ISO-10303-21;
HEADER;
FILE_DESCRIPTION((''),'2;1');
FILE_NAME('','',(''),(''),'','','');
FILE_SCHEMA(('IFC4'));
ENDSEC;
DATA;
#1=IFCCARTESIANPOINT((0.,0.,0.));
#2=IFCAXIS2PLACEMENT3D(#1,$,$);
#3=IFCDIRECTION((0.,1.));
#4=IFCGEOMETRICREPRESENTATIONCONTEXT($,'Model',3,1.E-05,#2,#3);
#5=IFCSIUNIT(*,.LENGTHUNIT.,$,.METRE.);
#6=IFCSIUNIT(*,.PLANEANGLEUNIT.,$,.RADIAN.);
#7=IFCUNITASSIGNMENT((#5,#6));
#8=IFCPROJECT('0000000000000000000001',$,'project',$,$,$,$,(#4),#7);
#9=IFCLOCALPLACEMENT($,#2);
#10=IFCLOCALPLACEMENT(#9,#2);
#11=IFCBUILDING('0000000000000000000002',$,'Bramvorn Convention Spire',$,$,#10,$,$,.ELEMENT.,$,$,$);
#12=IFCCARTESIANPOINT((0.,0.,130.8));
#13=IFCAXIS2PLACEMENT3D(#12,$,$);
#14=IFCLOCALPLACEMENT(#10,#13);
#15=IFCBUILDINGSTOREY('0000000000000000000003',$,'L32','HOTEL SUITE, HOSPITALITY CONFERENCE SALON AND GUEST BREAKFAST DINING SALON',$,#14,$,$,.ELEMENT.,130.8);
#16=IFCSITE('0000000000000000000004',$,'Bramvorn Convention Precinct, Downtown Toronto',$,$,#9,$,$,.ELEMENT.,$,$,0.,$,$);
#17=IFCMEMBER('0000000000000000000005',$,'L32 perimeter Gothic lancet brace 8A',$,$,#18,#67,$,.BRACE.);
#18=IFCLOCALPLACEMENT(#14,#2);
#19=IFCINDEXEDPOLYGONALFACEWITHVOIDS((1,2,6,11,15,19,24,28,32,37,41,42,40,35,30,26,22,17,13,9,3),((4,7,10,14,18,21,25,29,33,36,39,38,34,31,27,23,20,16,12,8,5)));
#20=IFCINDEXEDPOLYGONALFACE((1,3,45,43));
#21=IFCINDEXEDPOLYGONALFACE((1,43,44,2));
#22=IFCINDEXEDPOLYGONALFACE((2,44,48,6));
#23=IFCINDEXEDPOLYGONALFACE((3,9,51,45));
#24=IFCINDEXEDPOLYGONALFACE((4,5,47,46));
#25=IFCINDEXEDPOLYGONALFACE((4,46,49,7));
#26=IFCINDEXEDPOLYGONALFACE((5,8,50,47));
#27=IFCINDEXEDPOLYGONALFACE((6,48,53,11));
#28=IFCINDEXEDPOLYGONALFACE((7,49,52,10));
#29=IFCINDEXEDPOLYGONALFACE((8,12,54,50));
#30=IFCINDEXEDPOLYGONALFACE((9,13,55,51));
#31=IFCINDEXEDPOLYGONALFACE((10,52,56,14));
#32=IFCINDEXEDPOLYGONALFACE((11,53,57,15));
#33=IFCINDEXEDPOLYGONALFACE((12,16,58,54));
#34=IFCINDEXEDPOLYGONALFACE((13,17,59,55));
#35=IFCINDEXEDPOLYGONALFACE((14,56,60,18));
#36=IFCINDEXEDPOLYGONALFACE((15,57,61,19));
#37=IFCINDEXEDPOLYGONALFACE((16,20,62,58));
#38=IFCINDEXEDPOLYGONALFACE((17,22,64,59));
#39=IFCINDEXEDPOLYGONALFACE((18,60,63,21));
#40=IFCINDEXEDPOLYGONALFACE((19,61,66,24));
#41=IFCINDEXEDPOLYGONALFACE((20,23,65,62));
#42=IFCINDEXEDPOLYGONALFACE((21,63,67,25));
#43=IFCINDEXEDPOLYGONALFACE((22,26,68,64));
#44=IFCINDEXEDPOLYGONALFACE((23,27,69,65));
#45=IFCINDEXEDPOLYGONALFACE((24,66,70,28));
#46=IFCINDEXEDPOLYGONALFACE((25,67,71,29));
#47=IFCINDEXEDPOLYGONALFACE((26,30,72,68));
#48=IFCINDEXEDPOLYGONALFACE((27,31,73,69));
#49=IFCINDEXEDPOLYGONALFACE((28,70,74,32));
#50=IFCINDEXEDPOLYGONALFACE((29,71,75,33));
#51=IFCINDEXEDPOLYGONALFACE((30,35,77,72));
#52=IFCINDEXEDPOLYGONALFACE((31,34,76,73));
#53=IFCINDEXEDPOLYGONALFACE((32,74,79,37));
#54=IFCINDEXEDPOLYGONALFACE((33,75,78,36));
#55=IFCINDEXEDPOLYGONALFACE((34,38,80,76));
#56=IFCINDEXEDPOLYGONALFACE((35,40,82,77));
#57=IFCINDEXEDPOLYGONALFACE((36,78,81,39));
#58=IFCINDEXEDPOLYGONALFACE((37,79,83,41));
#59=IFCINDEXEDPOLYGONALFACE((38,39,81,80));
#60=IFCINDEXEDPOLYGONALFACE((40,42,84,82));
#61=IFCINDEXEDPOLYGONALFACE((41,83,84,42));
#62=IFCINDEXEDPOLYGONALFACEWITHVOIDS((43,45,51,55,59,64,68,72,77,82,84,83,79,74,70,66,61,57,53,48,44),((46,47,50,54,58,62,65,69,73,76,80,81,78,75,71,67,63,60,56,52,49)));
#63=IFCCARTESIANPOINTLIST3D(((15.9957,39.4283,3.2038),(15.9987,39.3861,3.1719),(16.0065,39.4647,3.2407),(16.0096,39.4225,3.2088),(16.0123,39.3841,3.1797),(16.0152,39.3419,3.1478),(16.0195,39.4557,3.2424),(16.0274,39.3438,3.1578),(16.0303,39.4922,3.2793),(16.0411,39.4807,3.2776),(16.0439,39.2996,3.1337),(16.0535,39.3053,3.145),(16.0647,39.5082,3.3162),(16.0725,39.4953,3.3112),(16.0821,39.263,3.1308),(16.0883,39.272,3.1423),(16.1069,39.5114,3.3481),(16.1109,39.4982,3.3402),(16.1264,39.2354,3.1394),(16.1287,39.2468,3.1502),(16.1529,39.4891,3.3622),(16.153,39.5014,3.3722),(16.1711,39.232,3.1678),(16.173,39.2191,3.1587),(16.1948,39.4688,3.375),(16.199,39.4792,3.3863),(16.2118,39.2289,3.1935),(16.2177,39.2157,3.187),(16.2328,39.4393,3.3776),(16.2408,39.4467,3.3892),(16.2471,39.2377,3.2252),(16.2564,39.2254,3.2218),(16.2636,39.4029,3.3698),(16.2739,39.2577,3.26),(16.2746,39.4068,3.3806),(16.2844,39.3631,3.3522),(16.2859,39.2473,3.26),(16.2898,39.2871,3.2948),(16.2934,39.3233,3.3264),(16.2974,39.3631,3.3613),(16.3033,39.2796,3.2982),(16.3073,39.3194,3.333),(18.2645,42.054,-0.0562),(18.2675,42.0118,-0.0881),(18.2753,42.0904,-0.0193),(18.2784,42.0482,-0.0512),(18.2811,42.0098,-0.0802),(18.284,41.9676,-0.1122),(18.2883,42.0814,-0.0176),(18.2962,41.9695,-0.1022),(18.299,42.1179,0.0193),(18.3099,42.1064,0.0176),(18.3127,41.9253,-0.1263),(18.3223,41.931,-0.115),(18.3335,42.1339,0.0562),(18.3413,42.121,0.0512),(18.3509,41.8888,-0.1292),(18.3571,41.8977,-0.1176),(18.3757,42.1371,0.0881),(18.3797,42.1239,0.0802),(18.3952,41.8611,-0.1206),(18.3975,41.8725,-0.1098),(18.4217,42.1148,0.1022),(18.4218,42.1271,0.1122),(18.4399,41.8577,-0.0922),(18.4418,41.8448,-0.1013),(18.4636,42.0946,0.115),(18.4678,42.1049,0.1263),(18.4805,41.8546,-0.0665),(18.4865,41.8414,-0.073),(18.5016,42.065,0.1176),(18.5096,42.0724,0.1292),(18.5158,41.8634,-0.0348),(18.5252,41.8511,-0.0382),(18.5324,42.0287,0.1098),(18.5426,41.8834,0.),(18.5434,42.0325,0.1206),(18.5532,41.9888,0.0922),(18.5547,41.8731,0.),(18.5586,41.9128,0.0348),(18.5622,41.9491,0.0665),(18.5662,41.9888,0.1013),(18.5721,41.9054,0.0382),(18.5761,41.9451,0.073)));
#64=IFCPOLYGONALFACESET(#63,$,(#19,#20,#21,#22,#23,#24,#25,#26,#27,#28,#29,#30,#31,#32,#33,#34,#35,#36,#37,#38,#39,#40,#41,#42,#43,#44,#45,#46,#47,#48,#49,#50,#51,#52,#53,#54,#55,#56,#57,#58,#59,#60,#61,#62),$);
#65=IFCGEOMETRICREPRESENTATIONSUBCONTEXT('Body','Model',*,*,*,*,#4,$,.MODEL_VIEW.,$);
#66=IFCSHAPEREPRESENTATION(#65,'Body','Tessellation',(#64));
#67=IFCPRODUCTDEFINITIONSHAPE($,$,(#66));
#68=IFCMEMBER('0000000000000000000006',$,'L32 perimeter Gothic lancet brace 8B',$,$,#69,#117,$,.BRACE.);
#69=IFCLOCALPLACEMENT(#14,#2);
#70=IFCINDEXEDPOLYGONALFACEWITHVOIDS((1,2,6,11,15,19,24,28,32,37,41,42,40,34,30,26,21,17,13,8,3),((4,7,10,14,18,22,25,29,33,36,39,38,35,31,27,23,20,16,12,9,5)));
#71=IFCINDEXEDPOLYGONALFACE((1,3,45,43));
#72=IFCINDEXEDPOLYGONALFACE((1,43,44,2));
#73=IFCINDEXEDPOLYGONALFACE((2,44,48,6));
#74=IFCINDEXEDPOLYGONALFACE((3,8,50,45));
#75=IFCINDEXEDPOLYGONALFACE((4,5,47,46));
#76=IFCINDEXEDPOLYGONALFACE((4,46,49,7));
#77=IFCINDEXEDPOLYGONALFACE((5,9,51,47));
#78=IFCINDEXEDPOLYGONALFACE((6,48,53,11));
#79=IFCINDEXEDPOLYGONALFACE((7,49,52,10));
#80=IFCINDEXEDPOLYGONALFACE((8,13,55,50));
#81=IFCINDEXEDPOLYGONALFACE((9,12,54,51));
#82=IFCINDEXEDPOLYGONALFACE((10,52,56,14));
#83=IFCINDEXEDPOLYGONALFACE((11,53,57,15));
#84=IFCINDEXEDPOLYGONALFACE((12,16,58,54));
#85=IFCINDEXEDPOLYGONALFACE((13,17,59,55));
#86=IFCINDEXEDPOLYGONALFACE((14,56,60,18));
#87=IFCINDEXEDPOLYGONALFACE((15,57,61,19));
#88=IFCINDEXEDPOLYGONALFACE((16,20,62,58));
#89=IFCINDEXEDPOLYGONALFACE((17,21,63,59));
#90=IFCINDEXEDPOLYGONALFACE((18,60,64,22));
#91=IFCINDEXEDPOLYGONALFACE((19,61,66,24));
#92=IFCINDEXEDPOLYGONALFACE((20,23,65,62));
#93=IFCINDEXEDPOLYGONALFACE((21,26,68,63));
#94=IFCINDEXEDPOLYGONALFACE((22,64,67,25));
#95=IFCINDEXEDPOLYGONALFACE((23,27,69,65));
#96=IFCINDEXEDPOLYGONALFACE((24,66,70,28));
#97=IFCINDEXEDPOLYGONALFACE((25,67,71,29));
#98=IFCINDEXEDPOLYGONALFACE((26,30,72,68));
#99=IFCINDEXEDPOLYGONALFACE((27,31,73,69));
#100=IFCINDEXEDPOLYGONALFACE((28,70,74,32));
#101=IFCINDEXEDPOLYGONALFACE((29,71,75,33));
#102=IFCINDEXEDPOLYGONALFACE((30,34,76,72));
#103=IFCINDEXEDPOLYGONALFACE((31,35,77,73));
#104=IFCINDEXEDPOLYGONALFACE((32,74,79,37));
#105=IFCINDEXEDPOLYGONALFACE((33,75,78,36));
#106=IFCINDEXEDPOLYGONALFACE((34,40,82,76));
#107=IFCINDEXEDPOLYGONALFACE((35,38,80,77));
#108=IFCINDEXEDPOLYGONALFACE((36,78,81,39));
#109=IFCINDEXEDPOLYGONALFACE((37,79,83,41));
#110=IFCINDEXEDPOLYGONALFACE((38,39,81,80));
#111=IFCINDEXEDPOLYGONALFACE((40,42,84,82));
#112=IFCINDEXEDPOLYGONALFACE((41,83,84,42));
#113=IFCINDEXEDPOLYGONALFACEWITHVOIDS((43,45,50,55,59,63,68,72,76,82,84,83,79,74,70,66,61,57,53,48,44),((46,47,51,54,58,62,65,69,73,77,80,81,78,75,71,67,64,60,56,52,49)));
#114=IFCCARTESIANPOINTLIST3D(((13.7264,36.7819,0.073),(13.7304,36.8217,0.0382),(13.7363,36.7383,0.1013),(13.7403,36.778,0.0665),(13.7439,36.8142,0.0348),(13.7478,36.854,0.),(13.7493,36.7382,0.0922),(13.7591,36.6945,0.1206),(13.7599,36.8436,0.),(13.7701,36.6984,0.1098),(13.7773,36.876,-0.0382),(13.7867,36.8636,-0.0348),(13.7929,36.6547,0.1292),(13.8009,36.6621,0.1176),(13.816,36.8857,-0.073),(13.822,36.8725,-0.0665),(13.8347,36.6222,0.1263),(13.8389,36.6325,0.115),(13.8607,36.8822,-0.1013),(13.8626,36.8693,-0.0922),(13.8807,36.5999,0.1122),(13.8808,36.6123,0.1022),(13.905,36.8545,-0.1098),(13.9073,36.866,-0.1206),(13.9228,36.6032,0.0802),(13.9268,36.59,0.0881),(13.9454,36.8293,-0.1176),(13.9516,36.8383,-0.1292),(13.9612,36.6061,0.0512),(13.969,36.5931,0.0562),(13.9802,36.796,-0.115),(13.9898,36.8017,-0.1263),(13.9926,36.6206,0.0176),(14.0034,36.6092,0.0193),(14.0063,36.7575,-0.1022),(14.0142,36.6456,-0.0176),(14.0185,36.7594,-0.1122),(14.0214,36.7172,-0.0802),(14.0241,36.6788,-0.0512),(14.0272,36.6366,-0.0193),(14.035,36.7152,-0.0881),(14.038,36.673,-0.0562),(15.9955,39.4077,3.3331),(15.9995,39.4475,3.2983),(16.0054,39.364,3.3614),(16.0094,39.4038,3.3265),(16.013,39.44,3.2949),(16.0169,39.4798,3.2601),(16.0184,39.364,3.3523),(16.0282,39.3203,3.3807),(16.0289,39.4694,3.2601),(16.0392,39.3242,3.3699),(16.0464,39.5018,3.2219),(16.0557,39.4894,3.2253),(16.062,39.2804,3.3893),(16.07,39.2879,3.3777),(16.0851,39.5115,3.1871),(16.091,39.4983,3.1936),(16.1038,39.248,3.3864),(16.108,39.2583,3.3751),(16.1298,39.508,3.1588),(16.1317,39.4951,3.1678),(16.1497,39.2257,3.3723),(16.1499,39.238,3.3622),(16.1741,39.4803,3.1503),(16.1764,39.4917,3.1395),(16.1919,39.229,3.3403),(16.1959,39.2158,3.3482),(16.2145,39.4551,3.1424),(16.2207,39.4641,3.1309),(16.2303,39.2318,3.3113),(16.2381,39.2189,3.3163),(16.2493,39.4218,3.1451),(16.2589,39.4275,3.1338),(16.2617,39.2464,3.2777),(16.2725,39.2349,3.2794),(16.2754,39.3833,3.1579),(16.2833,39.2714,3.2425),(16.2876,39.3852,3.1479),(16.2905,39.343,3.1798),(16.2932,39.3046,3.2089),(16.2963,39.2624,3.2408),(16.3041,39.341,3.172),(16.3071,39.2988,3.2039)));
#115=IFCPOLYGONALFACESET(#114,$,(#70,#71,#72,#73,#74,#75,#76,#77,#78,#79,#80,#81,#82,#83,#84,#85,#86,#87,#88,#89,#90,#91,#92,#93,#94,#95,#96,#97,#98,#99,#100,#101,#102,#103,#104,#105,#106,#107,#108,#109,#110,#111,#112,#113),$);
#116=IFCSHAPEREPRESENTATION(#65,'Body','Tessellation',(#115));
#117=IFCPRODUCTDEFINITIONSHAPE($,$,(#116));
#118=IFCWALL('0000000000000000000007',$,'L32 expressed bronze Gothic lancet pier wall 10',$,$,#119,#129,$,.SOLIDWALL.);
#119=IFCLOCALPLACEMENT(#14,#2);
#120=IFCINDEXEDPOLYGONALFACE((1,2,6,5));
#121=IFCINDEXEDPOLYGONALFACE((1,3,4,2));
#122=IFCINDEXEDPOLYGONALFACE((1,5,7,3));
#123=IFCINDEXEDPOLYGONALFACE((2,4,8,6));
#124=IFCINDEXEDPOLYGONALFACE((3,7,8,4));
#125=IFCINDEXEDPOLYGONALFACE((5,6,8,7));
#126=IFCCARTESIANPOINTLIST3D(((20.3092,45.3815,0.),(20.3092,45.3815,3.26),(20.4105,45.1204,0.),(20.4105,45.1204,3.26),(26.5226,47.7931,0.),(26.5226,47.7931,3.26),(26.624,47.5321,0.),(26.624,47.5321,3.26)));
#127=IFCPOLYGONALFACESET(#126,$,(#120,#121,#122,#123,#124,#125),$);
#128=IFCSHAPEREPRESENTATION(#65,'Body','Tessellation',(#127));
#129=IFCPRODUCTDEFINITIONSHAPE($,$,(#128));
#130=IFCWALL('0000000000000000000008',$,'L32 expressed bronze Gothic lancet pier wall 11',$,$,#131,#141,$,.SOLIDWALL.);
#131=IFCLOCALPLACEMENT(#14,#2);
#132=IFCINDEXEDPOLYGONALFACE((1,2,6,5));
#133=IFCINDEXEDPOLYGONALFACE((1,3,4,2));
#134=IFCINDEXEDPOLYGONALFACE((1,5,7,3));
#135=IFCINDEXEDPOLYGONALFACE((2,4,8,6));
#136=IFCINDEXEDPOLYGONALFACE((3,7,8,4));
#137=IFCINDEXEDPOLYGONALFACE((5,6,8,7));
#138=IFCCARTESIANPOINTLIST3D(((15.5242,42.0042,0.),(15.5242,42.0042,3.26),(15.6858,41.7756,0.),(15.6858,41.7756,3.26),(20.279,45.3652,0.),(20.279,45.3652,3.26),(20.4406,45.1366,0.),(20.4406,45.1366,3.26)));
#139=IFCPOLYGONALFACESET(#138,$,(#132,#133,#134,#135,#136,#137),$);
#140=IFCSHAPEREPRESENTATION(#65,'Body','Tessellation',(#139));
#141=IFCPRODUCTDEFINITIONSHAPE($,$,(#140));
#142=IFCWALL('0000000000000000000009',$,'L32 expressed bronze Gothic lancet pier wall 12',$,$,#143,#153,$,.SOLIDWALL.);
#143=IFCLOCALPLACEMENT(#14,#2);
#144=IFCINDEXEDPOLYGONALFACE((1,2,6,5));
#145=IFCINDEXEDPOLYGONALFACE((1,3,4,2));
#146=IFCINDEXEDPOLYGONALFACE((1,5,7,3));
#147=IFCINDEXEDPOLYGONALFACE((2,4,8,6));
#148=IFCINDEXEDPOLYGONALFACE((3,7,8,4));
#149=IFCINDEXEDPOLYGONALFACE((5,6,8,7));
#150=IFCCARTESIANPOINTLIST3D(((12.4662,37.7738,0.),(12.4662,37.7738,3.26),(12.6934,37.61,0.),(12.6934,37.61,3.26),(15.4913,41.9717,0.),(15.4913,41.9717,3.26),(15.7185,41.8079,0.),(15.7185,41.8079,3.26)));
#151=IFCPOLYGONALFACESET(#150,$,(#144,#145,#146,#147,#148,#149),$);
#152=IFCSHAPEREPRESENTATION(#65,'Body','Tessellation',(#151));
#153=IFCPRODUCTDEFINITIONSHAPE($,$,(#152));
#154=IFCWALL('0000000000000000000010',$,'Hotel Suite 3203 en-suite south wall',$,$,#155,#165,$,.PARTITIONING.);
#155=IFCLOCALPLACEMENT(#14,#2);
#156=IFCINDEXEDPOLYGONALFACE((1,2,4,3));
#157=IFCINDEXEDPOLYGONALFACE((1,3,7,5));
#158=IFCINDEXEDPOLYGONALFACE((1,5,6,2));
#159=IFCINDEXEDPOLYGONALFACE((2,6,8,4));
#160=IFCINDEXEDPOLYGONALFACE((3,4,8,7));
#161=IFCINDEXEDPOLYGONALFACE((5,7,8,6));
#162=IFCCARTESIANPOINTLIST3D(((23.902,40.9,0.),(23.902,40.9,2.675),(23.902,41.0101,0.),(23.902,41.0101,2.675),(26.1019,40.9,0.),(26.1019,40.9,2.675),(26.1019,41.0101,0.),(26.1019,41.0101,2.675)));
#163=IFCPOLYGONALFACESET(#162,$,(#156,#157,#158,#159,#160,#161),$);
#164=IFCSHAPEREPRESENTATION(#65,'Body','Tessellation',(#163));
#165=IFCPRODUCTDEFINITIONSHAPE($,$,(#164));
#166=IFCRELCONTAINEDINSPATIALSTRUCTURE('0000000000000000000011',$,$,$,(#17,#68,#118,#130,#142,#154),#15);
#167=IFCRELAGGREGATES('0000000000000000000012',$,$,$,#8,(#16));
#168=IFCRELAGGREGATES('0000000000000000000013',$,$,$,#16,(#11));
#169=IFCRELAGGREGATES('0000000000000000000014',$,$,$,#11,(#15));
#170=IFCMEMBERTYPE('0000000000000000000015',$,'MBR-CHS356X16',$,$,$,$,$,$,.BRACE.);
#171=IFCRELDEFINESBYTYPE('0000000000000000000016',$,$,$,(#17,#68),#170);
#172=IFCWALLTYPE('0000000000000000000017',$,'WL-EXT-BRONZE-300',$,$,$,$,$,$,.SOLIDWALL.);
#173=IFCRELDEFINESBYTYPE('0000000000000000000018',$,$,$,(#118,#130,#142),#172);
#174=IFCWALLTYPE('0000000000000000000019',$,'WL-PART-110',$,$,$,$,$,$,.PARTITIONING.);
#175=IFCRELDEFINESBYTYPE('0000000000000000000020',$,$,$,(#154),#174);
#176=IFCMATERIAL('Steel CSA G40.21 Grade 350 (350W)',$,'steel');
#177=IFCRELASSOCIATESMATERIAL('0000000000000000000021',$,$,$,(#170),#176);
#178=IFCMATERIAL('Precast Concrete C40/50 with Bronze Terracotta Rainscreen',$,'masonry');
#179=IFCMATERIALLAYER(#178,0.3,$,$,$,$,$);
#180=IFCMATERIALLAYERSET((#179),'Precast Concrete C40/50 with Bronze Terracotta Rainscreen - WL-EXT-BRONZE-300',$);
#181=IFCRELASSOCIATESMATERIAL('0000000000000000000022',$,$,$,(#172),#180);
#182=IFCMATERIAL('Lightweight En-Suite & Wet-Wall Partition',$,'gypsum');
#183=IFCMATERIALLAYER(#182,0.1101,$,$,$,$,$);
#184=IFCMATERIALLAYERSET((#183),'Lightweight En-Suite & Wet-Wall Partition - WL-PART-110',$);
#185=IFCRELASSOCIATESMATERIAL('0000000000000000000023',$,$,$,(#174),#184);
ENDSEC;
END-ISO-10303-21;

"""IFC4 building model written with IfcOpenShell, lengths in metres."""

from ifc_helpers import new_model, si_unit, direction, frame, frame_2d, origin, origin_2d, place, context, subcontext, project, spatial, rectangle, hollow_circle, extrude, material, layer, layer_set, material_profile, profile_set, type_object, element, save


model = new_model("IFC4")

# Units and contexts
model_context = context("Model", 3, precision=1e-05, world=origin(), true_north=direction((0.0, 1.0)))
body_context = subcontext(model_context, "Body", "Model", "MODEL_VIEW")
ifc_project = project(units=[si_unit("LENGTHUNIT", "METRE"), si_unit("PLANEANGLEUNIT", "RADIAN")], contexts=[model_context])

# Site, building, storey
site_placement = place(None, origin())
site = spatial("IfcSite", under=ifc_project, at=site_placement, Name="Bramvorn Convention Precinct, Downtown Toronto", CompositionType="ELEMENT", RefElevation=0.0)
building_placement = place(site_placement, origin())
building = spatial("IfcBuilding", under=site, at=building_placement, Name="Bramvorn Convention Spire", CompositionType="ELEMENT")
storey_placement = place(building_placement, frame((0.0, 0.0, 130.8)))
storey = spatial("IfcBuildingStorey", under=building, at=storey_placement, Name="L32", Description="HOTEL SUITE, HOSPITALITY CONFERENCE SALON AND GUEST BREAKFAST DINING SALON", CompositionType="ELEMENT", Elevation=130.8)

# Shared definitions
ifc_material_1 = material(Name="Steel CSA G40.21 Grade 350 (350W)", Category="steel")

# Members
ifc_material_profile_1 = material_profile(ifc_material_1, hollow_circle(Radius=0.1777, WallThickness=0.0159, at=origin_2d()))
ifc_profile_set_1 = profile_set([ifc_material_profile_1], Name="Steel CSA G40.21 Grade 350 (350W) - CHS356X16")
member_type = type_object("IfcMemberType", Name="MBR-CHS356X16", PredefinedType="BRACE", material=ifc_profile_set_1)
member_1_placement = place(storey_placement, frame((18.4202, 41.9893, 0.0), z_axis=(-0.476512, -0.551479, 0.684695), x_axis=(0.756663, -0.653805, 0.0)))
element("IfcMember", 1, at=member_1_placement, inside=storey, type_object=member_type, Name="L32 perimeter Gothic lancet brace 8A", PredefinedType="BRACE", context=body_context, shape_type="SweptSolid", body=[
    extrude(hollow_circle(Radius=0.1777, WallThickness=0.0159, at=origin_2d()), origin(), (0.0, 0.0, 1.0), 4.7612),
])
member_2_placement = place(storey_placement, frame((13.8823, 36.7378, 0.0), z_axis=(0.476552, 0.551465, 0.684678), x_axis=(-0.756628, 0.653845, 0.0)))
element("IfcMember", 2, at=member_2_placement, inside=storey, type_object=member_type, Name="L32 perimeter Gothic lancet brace 8B", PredefinedType="BRACE", context=body_context, shape_type="SweptSolid", body=[
    extrude(hollow_circle(Radius=0.1777, WallThickness=0.0159, at=origin_2d()), origin(), (0.0, 0.0, 1.0), 4.7615),
])

# Walls
ifc_material_2 = material(Name="Precast Concrete C40/50 with Bronze Terracotta Rainscreen", Category="masonry")
ifc_layer_1 = layer(ifc_material_2, 0.3)
ifc_layer_set_1 = layer_set([ifc_layer_1], Name="Precast Concrete C40/50 with Bronze Terracotta Rainscreen - WL-EXT-BRONZE-300")
wall_type_1 = type_object("IfcWallType", Name="WL-EXT-BRONZE-300", PredefinedType="SOLIDWALL", material=ifc_layer_set_1)
wall_1_placement = place(storey_placement, frame((20.3599, 45.251, 0.0), z_axis=(0.0, 0.0, 1.0), x_axis=(0.932242, 0.361835, 0.0)))
element("IfcWall", 3, at=wall_1_placement, inside=storey, type_object=wall_type_1, Name="L32 expressed bronze Gothic lancet pier wall 10", PredefinedType="SOLIDWALL", context=body_context, shape_type="SweptSolid", body=[
    extrude(rectangle(XDim=6.665, YDim=0.28, at=frame_2d((3.3325, 0.0))), origin(), (0.0, 0.0, 1.0), 3.26),
])
wall_2_placement = place(storey_placement, frame((15.605, 41.8899, 0.0), z_axis=(0.0, 0.0, 1.0), x_axis=(0.816588, 0.577221, 0.0)))
element("IfcWall", 4, at=wall_2_placement, inside=storey, type_object=wall_type_1, Name="L32 expressed bronze Gothic lancet pier wall 11", PredefinedType="SOLIDWALL", context=body_context, shape_type="SweptSolid", body=[
    extrude(rectangle(XDim=5.8228, YDim=0.28, at=frame_2d((2.9114, 0.0))), origin(), (0.0, 0.0, 1.0), 3.26),
])
wall_3_placement = place(storey_placement, frame((12.5798, 37.6919, 0.0), z_axis=(0.0, 0.0, 1.0), x_axis=(0.584634, 0.811297, 0.0)))
element("IfcWall", 5, at=wall_3_placement, inside=storey, type_object=wall_type_1, Name="L32 expressed bronze Gothic lancet pier wall 12", PredefinedType="SOLIDWALL", context=body_context, shape_type="SweptSolid", body=[
    extrude(rectangle(XDim=5.1743, YDim=0.28, at=frame_2d((2.5872, 0.0))), origin(), (0.0, 0.0, 1.0), 3.26),
])
ifc_material_3 = material(Name="Lightweight En-Suite & Wet-Wall Partition", Category="gypsum")
ifc_layer_2 = layer(ifc_material_3, 0.1101)
ifc_layer_set_2 = layer_set([ifc_layer_2], Name="Lightweight En-Suite & Wet-Wall Partition - WL-PART-110")
wall_type_2 = type_object("IfcWallType", Name="WL-PART-110", PredefinedType="PARTITIONING", material=ifc_layer_set_2)
wall_4_placement = place(storey_placement, frame((23.9019, 40.9551, 0.0), z_axis=(0.0, 0.0, 1.0), x_axis=(1.0, 0.0, 0.0)))
element("IfcWall", 6, at=wall_4_placement, inside=storey, type_object=wall_type_2, Name="Hotel Suite 3203 en-suite south wall", PredefinedType="PARTITIONING", context=body_context, shape_type="SweptSolid", body=[
    extrude(rectangle(XDim=2.2, YDim=0.1101, at=frame_2d((1.1001, 0.0))), origin(), (0.0, 0.0, 1.0), 2.675),
])

save(model, "model.ifc")
